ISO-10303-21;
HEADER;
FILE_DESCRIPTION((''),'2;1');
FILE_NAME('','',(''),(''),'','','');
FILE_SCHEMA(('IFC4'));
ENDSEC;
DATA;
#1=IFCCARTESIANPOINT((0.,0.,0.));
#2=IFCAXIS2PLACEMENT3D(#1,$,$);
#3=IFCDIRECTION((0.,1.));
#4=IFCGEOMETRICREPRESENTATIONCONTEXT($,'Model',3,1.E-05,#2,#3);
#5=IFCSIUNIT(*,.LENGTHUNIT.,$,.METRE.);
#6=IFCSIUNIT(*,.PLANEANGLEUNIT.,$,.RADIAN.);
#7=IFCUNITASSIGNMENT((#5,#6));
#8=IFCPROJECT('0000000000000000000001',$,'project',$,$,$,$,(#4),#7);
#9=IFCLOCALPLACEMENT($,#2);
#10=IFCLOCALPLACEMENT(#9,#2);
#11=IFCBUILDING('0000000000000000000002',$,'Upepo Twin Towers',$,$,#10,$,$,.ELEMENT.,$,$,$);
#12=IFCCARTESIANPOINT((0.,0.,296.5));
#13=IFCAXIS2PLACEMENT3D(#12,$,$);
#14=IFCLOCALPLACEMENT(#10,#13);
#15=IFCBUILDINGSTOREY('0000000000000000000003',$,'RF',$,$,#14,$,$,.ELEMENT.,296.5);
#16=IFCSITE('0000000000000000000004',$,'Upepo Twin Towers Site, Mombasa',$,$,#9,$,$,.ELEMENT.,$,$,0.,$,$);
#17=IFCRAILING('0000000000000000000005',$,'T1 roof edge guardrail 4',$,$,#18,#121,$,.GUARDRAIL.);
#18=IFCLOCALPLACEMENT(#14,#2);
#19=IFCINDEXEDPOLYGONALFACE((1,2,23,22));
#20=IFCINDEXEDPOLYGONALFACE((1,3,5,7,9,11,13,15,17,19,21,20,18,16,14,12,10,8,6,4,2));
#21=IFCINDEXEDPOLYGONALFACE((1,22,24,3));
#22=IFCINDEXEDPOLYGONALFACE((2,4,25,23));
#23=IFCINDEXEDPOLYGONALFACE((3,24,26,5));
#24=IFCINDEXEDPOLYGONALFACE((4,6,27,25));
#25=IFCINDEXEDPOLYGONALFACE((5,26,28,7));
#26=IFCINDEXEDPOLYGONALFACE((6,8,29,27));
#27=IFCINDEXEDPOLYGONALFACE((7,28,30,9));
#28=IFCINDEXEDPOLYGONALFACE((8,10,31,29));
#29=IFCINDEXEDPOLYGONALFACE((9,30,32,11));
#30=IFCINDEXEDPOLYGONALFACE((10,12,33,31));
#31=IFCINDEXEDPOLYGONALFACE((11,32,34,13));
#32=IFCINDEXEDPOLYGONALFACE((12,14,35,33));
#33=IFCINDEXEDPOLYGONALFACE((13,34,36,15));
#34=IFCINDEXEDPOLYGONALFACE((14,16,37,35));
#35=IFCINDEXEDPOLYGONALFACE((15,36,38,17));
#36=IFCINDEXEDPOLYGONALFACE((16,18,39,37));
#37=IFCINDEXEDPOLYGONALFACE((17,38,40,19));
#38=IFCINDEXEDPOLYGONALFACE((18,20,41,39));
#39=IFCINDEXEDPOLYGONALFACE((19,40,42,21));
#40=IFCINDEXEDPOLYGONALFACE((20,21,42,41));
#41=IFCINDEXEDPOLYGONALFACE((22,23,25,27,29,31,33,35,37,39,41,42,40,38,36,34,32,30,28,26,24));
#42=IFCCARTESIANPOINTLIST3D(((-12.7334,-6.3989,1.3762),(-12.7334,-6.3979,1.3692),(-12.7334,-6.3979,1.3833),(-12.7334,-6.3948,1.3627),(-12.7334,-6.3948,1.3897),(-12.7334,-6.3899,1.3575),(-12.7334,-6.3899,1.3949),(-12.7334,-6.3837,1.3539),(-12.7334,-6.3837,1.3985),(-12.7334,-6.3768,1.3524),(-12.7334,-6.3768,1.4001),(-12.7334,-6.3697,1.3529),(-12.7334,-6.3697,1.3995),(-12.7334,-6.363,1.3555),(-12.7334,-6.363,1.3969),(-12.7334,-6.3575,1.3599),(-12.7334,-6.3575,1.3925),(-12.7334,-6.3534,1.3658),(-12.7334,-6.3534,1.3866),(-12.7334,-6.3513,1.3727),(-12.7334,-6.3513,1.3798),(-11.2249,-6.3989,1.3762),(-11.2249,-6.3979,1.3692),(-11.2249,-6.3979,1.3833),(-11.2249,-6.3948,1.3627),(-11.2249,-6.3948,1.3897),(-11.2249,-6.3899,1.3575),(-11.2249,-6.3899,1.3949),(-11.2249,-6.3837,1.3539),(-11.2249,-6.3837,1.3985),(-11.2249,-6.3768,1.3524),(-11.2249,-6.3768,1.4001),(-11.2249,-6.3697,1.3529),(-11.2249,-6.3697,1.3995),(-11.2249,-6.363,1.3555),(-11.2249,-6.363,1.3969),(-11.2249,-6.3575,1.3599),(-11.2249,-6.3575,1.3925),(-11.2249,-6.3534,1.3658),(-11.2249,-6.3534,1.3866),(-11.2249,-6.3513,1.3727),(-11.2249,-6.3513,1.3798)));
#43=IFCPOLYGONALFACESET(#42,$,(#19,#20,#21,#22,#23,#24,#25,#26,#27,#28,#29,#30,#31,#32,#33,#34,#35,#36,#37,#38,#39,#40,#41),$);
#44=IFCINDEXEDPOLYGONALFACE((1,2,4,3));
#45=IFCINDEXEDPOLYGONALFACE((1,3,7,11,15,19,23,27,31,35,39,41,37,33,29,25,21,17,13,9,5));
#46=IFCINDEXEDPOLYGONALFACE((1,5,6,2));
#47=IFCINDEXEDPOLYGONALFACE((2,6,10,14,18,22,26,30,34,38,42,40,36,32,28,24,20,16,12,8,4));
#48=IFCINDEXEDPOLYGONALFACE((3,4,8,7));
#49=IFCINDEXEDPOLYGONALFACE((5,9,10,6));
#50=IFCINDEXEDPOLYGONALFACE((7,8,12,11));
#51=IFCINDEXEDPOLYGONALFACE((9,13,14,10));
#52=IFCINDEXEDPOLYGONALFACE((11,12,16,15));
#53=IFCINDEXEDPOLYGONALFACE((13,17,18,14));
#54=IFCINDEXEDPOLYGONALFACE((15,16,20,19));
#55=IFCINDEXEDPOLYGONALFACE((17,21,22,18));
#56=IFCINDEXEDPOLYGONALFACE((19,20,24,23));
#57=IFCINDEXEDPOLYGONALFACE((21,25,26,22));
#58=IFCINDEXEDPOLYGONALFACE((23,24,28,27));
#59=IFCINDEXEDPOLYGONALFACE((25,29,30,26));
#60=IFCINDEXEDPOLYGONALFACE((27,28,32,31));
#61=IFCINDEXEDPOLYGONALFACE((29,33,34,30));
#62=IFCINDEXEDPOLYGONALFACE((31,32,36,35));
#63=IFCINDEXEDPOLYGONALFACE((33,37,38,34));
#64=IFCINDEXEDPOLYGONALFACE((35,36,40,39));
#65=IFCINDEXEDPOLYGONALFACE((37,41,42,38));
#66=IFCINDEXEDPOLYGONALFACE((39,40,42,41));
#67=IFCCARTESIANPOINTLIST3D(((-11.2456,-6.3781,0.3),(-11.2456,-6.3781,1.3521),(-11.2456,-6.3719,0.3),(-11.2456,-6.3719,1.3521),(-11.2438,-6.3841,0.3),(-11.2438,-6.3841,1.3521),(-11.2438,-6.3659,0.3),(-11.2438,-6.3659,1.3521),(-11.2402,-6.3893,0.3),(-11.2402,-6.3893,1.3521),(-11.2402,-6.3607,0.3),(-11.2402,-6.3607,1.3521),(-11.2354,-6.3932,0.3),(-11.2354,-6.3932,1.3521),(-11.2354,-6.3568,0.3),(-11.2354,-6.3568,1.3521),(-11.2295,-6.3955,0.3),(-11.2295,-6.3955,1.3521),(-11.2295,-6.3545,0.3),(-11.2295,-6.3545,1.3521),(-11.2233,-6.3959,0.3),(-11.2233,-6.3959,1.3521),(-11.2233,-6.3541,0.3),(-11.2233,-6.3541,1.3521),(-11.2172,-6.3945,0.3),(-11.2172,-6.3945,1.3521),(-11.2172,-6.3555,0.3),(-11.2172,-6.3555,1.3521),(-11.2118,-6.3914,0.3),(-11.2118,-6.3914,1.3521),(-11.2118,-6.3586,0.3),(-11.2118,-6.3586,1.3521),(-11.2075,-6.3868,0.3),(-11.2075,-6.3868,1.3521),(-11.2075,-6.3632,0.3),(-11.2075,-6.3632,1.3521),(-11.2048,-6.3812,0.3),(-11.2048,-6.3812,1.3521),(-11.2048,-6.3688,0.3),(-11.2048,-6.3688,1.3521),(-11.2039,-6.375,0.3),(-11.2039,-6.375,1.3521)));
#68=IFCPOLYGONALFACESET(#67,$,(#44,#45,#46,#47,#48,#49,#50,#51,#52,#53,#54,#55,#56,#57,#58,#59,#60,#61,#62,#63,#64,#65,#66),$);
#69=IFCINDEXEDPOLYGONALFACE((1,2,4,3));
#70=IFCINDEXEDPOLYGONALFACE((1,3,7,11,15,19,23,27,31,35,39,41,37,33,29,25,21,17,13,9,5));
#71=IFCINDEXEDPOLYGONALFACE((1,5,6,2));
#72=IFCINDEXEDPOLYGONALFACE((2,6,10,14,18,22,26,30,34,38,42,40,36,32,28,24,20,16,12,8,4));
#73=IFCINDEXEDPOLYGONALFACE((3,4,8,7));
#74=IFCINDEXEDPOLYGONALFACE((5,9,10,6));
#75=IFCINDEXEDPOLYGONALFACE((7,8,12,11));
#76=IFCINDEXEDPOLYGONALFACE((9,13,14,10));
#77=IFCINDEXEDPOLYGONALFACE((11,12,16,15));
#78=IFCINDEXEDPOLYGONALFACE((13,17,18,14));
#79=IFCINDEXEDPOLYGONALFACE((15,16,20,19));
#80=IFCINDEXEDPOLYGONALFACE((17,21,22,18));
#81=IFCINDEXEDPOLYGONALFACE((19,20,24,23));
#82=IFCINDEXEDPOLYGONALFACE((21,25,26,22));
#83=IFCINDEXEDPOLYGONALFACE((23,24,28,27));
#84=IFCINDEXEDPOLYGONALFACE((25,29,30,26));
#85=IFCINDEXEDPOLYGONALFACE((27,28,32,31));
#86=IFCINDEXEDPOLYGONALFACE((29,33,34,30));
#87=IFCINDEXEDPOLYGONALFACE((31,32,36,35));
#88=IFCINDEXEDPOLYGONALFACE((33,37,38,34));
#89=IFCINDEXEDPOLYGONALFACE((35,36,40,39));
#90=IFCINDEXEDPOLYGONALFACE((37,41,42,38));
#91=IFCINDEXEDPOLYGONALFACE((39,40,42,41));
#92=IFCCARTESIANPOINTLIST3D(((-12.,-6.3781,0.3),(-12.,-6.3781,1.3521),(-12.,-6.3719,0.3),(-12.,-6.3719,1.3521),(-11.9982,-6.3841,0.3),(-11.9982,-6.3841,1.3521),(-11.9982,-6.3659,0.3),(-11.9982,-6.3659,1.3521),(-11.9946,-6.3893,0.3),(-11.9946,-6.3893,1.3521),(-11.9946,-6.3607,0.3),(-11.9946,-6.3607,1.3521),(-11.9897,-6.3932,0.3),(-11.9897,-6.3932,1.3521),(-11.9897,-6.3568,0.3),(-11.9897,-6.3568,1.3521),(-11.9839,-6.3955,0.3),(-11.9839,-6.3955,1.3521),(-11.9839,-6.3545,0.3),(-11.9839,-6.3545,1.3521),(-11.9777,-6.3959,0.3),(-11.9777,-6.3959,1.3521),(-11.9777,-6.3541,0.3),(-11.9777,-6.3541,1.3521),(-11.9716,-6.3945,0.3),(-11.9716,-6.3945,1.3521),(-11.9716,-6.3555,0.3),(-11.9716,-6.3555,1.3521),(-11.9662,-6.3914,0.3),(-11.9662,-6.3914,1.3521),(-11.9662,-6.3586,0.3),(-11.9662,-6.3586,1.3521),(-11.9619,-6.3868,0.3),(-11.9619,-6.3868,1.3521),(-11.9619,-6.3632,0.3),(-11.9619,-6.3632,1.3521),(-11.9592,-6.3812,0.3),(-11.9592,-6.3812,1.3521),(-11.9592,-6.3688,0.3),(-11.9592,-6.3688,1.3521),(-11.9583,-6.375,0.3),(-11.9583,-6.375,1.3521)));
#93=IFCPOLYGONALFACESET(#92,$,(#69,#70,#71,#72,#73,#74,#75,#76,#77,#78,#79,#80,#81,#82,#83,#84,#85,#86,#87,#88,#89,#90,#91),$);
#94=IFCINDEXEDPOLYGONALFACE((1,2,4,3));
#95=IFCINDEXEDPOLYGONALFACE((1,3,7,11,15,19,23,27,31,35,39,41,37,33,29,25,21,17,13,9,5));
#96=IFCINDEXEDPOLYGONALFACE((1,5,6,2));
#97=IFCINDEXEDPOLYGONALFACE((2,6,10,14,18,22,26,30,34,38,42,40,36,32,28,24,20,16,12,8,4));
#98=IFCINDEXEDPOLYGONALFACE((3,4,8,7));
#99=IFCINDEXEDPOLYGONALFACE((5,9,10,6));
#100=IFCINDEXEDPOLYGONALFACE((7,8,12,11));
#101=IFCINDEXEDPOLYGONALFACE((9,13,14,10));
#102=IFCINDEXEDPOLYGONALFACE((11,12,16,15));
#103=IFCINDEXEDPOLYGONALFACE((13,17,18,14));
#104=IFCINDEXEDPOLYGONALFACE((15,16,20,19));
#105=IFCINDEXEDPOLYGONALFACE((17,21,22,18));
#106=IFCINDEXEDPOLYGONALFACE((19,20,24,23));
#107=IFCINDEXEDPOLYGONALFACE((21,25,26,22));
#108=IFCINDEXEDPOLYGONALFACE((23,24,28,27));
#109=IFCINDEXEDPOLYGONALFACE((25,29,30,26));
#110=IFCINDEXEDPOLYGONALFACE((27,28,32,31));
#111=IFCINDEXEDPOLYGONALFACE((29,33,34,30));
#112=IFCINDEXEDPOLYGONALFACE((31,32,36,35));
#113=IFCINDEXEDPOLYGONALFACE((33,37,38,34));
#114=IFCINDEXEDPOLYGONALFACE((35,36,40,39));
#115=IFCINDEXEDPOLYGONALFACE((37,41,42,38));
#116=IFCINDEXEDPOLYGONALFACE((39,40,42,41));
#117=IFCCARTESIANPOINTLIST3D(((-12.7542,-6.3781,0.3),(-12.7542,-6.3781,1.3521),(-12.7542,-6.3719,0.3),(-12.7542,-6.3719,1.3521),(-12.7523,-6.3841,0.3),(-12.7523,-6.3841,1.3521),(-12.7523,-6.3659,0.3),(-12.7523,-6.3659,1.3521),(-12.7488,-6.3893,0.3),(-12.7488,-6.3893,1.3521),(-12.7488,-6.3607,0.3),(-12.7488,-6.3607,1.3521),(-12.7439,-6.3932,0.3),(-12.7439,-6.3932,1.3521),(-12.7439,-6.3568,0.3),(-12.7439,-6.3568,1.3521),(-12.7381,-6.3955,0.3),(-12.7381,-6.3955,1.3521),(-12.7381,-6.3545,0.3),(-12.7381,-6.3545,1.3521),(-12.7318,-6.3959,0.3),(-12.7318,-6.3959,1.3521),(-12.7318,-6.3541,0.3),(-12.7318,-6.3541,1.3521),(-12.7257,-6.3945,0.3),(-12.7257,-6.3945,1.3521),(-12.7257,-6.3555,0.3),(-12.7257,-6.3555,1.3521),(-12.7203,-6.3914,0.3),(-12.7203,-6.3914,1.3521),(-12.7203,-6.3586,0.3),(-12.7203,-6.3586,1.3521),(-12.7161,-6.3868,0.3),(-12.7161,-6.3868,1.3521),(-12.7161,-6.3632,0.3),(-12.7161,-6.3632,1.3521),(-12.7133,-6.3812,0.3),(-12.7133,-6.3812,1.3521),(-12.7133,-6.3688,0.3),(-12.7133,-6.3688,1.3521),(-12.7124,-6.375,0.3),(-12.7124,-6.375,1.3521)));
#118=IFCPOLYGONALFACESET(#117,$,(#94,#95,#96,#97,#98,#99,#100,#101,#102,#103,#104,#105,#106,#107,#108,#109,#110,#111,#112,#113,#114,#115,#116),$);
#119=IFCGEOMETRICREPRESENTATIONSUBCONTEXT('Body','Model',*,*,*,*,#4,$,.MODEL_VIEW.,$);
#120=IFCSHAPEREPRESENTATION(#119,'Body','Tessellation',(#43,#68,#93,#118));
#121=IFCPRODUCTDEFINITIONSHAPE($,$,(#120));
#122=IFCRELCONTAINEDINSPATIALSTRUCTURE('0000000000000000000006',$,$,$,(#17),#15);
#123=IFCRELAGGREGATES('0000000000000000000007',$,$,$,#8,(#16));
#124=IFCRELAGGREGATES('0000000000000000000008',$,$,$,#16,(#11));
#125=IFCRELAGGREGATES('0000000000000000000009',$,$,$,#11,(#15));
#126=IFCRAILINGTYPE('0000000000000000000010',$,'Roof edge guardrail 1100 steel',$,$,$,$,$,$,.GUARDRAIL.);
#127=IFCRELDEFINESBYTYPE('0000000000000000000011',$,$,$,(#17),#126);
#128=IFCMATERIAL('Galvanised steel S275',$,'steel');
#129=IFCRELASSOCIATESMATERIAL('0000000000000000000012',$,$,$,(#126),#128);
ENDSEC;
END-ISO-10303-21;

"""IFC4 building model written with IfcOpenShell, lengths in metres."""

from ifc_helpers import new_model, si_unit, direction, frame, origin, origin_2d, place, context, subcontext, project, spatial, circle, extrude, material, type_object, element, save


model = new_model("IFC4")

# Units and contexts
model_context = context("Model", 3, precision=1e-05, world=origin(), true_north=direction((0.0, 1.0)))
body_context = subcontext(model_context, "Body", "Model", "MODEL_VIEW")
ifc_project = project(units=[si_unit("LENGTHUNIT", "METRE"), si_unit("PLANEANGLEUNIT", "RADIAN")], contexts=[model_context])

# Site, building, storey
site_placement = place(None, origin())
site = spatial("IfcSite", under=ifc_project, at=site_placement, Name="Upepo Twin Towers Site, Mombasa", CompositionType="ELEMENT", RefElevation=0.0)
building_placement = place(site_placement, origin())
building = spatial("IfcBuilding", under=site, at=building_placement, Name="Upepo Twin Towers", CompositionType="ELEMENT")
storey_placement = place(building_placement, frame((0.0, 0.0, 296.5)))
storey = spatial("IfcBuildingStorey", under=building, at=storey_placement, Name="RF", CompositionType="ELEMENT", Elevation=296.5)

# Railing
ifc_material_1 = material(Name="Galvanised steel S275", Category="steel")
railing_type_1 = type_object("IfcRailingType", Name="Roof edge guardrail 1100 steel", PredefinedType="GUARDRAIL", material=ifc_material_1)
railing_1_placement = place(storey_placement, frame((-11.2249, -6.375, 0.3)))
element("IfcRailing", 1, at=railing_1_placement, inside=storey, type_object=railing_type_1, Name="T1 roof edge guardrail 4", PredefinedType="GUARDRAIL", context=body_context, shape_type="SweptSolid", body=[
    extrude(circle(Radius=0.0239, at=origin_2d()), frame((0.0, 0.0, 1.0762), z_axis=(-1.0, 0.0, 0.0), x_axis=(0.0, -1.0, 0.0)), (0.0, 0.0, 1.0), 1.5085),
    extrude(circle(Radius=0.021, at=origin_2d()), origin(), (0.0, 0.0, 1.0), 1.052),
    extrude(circle(Radius=0.021, at=origin_2d()), frame((-0.7544, 0.0, 0.0)), (0.0, 0.0, 1.0), 1.052),
    extrude(circle(Radius=0.021, at=origin_2d()), frame((-1.5085, 0.0, 0.0)), (0.0, 0.0, 1.0), 1.052),
])

save(model, "model.ifc")
